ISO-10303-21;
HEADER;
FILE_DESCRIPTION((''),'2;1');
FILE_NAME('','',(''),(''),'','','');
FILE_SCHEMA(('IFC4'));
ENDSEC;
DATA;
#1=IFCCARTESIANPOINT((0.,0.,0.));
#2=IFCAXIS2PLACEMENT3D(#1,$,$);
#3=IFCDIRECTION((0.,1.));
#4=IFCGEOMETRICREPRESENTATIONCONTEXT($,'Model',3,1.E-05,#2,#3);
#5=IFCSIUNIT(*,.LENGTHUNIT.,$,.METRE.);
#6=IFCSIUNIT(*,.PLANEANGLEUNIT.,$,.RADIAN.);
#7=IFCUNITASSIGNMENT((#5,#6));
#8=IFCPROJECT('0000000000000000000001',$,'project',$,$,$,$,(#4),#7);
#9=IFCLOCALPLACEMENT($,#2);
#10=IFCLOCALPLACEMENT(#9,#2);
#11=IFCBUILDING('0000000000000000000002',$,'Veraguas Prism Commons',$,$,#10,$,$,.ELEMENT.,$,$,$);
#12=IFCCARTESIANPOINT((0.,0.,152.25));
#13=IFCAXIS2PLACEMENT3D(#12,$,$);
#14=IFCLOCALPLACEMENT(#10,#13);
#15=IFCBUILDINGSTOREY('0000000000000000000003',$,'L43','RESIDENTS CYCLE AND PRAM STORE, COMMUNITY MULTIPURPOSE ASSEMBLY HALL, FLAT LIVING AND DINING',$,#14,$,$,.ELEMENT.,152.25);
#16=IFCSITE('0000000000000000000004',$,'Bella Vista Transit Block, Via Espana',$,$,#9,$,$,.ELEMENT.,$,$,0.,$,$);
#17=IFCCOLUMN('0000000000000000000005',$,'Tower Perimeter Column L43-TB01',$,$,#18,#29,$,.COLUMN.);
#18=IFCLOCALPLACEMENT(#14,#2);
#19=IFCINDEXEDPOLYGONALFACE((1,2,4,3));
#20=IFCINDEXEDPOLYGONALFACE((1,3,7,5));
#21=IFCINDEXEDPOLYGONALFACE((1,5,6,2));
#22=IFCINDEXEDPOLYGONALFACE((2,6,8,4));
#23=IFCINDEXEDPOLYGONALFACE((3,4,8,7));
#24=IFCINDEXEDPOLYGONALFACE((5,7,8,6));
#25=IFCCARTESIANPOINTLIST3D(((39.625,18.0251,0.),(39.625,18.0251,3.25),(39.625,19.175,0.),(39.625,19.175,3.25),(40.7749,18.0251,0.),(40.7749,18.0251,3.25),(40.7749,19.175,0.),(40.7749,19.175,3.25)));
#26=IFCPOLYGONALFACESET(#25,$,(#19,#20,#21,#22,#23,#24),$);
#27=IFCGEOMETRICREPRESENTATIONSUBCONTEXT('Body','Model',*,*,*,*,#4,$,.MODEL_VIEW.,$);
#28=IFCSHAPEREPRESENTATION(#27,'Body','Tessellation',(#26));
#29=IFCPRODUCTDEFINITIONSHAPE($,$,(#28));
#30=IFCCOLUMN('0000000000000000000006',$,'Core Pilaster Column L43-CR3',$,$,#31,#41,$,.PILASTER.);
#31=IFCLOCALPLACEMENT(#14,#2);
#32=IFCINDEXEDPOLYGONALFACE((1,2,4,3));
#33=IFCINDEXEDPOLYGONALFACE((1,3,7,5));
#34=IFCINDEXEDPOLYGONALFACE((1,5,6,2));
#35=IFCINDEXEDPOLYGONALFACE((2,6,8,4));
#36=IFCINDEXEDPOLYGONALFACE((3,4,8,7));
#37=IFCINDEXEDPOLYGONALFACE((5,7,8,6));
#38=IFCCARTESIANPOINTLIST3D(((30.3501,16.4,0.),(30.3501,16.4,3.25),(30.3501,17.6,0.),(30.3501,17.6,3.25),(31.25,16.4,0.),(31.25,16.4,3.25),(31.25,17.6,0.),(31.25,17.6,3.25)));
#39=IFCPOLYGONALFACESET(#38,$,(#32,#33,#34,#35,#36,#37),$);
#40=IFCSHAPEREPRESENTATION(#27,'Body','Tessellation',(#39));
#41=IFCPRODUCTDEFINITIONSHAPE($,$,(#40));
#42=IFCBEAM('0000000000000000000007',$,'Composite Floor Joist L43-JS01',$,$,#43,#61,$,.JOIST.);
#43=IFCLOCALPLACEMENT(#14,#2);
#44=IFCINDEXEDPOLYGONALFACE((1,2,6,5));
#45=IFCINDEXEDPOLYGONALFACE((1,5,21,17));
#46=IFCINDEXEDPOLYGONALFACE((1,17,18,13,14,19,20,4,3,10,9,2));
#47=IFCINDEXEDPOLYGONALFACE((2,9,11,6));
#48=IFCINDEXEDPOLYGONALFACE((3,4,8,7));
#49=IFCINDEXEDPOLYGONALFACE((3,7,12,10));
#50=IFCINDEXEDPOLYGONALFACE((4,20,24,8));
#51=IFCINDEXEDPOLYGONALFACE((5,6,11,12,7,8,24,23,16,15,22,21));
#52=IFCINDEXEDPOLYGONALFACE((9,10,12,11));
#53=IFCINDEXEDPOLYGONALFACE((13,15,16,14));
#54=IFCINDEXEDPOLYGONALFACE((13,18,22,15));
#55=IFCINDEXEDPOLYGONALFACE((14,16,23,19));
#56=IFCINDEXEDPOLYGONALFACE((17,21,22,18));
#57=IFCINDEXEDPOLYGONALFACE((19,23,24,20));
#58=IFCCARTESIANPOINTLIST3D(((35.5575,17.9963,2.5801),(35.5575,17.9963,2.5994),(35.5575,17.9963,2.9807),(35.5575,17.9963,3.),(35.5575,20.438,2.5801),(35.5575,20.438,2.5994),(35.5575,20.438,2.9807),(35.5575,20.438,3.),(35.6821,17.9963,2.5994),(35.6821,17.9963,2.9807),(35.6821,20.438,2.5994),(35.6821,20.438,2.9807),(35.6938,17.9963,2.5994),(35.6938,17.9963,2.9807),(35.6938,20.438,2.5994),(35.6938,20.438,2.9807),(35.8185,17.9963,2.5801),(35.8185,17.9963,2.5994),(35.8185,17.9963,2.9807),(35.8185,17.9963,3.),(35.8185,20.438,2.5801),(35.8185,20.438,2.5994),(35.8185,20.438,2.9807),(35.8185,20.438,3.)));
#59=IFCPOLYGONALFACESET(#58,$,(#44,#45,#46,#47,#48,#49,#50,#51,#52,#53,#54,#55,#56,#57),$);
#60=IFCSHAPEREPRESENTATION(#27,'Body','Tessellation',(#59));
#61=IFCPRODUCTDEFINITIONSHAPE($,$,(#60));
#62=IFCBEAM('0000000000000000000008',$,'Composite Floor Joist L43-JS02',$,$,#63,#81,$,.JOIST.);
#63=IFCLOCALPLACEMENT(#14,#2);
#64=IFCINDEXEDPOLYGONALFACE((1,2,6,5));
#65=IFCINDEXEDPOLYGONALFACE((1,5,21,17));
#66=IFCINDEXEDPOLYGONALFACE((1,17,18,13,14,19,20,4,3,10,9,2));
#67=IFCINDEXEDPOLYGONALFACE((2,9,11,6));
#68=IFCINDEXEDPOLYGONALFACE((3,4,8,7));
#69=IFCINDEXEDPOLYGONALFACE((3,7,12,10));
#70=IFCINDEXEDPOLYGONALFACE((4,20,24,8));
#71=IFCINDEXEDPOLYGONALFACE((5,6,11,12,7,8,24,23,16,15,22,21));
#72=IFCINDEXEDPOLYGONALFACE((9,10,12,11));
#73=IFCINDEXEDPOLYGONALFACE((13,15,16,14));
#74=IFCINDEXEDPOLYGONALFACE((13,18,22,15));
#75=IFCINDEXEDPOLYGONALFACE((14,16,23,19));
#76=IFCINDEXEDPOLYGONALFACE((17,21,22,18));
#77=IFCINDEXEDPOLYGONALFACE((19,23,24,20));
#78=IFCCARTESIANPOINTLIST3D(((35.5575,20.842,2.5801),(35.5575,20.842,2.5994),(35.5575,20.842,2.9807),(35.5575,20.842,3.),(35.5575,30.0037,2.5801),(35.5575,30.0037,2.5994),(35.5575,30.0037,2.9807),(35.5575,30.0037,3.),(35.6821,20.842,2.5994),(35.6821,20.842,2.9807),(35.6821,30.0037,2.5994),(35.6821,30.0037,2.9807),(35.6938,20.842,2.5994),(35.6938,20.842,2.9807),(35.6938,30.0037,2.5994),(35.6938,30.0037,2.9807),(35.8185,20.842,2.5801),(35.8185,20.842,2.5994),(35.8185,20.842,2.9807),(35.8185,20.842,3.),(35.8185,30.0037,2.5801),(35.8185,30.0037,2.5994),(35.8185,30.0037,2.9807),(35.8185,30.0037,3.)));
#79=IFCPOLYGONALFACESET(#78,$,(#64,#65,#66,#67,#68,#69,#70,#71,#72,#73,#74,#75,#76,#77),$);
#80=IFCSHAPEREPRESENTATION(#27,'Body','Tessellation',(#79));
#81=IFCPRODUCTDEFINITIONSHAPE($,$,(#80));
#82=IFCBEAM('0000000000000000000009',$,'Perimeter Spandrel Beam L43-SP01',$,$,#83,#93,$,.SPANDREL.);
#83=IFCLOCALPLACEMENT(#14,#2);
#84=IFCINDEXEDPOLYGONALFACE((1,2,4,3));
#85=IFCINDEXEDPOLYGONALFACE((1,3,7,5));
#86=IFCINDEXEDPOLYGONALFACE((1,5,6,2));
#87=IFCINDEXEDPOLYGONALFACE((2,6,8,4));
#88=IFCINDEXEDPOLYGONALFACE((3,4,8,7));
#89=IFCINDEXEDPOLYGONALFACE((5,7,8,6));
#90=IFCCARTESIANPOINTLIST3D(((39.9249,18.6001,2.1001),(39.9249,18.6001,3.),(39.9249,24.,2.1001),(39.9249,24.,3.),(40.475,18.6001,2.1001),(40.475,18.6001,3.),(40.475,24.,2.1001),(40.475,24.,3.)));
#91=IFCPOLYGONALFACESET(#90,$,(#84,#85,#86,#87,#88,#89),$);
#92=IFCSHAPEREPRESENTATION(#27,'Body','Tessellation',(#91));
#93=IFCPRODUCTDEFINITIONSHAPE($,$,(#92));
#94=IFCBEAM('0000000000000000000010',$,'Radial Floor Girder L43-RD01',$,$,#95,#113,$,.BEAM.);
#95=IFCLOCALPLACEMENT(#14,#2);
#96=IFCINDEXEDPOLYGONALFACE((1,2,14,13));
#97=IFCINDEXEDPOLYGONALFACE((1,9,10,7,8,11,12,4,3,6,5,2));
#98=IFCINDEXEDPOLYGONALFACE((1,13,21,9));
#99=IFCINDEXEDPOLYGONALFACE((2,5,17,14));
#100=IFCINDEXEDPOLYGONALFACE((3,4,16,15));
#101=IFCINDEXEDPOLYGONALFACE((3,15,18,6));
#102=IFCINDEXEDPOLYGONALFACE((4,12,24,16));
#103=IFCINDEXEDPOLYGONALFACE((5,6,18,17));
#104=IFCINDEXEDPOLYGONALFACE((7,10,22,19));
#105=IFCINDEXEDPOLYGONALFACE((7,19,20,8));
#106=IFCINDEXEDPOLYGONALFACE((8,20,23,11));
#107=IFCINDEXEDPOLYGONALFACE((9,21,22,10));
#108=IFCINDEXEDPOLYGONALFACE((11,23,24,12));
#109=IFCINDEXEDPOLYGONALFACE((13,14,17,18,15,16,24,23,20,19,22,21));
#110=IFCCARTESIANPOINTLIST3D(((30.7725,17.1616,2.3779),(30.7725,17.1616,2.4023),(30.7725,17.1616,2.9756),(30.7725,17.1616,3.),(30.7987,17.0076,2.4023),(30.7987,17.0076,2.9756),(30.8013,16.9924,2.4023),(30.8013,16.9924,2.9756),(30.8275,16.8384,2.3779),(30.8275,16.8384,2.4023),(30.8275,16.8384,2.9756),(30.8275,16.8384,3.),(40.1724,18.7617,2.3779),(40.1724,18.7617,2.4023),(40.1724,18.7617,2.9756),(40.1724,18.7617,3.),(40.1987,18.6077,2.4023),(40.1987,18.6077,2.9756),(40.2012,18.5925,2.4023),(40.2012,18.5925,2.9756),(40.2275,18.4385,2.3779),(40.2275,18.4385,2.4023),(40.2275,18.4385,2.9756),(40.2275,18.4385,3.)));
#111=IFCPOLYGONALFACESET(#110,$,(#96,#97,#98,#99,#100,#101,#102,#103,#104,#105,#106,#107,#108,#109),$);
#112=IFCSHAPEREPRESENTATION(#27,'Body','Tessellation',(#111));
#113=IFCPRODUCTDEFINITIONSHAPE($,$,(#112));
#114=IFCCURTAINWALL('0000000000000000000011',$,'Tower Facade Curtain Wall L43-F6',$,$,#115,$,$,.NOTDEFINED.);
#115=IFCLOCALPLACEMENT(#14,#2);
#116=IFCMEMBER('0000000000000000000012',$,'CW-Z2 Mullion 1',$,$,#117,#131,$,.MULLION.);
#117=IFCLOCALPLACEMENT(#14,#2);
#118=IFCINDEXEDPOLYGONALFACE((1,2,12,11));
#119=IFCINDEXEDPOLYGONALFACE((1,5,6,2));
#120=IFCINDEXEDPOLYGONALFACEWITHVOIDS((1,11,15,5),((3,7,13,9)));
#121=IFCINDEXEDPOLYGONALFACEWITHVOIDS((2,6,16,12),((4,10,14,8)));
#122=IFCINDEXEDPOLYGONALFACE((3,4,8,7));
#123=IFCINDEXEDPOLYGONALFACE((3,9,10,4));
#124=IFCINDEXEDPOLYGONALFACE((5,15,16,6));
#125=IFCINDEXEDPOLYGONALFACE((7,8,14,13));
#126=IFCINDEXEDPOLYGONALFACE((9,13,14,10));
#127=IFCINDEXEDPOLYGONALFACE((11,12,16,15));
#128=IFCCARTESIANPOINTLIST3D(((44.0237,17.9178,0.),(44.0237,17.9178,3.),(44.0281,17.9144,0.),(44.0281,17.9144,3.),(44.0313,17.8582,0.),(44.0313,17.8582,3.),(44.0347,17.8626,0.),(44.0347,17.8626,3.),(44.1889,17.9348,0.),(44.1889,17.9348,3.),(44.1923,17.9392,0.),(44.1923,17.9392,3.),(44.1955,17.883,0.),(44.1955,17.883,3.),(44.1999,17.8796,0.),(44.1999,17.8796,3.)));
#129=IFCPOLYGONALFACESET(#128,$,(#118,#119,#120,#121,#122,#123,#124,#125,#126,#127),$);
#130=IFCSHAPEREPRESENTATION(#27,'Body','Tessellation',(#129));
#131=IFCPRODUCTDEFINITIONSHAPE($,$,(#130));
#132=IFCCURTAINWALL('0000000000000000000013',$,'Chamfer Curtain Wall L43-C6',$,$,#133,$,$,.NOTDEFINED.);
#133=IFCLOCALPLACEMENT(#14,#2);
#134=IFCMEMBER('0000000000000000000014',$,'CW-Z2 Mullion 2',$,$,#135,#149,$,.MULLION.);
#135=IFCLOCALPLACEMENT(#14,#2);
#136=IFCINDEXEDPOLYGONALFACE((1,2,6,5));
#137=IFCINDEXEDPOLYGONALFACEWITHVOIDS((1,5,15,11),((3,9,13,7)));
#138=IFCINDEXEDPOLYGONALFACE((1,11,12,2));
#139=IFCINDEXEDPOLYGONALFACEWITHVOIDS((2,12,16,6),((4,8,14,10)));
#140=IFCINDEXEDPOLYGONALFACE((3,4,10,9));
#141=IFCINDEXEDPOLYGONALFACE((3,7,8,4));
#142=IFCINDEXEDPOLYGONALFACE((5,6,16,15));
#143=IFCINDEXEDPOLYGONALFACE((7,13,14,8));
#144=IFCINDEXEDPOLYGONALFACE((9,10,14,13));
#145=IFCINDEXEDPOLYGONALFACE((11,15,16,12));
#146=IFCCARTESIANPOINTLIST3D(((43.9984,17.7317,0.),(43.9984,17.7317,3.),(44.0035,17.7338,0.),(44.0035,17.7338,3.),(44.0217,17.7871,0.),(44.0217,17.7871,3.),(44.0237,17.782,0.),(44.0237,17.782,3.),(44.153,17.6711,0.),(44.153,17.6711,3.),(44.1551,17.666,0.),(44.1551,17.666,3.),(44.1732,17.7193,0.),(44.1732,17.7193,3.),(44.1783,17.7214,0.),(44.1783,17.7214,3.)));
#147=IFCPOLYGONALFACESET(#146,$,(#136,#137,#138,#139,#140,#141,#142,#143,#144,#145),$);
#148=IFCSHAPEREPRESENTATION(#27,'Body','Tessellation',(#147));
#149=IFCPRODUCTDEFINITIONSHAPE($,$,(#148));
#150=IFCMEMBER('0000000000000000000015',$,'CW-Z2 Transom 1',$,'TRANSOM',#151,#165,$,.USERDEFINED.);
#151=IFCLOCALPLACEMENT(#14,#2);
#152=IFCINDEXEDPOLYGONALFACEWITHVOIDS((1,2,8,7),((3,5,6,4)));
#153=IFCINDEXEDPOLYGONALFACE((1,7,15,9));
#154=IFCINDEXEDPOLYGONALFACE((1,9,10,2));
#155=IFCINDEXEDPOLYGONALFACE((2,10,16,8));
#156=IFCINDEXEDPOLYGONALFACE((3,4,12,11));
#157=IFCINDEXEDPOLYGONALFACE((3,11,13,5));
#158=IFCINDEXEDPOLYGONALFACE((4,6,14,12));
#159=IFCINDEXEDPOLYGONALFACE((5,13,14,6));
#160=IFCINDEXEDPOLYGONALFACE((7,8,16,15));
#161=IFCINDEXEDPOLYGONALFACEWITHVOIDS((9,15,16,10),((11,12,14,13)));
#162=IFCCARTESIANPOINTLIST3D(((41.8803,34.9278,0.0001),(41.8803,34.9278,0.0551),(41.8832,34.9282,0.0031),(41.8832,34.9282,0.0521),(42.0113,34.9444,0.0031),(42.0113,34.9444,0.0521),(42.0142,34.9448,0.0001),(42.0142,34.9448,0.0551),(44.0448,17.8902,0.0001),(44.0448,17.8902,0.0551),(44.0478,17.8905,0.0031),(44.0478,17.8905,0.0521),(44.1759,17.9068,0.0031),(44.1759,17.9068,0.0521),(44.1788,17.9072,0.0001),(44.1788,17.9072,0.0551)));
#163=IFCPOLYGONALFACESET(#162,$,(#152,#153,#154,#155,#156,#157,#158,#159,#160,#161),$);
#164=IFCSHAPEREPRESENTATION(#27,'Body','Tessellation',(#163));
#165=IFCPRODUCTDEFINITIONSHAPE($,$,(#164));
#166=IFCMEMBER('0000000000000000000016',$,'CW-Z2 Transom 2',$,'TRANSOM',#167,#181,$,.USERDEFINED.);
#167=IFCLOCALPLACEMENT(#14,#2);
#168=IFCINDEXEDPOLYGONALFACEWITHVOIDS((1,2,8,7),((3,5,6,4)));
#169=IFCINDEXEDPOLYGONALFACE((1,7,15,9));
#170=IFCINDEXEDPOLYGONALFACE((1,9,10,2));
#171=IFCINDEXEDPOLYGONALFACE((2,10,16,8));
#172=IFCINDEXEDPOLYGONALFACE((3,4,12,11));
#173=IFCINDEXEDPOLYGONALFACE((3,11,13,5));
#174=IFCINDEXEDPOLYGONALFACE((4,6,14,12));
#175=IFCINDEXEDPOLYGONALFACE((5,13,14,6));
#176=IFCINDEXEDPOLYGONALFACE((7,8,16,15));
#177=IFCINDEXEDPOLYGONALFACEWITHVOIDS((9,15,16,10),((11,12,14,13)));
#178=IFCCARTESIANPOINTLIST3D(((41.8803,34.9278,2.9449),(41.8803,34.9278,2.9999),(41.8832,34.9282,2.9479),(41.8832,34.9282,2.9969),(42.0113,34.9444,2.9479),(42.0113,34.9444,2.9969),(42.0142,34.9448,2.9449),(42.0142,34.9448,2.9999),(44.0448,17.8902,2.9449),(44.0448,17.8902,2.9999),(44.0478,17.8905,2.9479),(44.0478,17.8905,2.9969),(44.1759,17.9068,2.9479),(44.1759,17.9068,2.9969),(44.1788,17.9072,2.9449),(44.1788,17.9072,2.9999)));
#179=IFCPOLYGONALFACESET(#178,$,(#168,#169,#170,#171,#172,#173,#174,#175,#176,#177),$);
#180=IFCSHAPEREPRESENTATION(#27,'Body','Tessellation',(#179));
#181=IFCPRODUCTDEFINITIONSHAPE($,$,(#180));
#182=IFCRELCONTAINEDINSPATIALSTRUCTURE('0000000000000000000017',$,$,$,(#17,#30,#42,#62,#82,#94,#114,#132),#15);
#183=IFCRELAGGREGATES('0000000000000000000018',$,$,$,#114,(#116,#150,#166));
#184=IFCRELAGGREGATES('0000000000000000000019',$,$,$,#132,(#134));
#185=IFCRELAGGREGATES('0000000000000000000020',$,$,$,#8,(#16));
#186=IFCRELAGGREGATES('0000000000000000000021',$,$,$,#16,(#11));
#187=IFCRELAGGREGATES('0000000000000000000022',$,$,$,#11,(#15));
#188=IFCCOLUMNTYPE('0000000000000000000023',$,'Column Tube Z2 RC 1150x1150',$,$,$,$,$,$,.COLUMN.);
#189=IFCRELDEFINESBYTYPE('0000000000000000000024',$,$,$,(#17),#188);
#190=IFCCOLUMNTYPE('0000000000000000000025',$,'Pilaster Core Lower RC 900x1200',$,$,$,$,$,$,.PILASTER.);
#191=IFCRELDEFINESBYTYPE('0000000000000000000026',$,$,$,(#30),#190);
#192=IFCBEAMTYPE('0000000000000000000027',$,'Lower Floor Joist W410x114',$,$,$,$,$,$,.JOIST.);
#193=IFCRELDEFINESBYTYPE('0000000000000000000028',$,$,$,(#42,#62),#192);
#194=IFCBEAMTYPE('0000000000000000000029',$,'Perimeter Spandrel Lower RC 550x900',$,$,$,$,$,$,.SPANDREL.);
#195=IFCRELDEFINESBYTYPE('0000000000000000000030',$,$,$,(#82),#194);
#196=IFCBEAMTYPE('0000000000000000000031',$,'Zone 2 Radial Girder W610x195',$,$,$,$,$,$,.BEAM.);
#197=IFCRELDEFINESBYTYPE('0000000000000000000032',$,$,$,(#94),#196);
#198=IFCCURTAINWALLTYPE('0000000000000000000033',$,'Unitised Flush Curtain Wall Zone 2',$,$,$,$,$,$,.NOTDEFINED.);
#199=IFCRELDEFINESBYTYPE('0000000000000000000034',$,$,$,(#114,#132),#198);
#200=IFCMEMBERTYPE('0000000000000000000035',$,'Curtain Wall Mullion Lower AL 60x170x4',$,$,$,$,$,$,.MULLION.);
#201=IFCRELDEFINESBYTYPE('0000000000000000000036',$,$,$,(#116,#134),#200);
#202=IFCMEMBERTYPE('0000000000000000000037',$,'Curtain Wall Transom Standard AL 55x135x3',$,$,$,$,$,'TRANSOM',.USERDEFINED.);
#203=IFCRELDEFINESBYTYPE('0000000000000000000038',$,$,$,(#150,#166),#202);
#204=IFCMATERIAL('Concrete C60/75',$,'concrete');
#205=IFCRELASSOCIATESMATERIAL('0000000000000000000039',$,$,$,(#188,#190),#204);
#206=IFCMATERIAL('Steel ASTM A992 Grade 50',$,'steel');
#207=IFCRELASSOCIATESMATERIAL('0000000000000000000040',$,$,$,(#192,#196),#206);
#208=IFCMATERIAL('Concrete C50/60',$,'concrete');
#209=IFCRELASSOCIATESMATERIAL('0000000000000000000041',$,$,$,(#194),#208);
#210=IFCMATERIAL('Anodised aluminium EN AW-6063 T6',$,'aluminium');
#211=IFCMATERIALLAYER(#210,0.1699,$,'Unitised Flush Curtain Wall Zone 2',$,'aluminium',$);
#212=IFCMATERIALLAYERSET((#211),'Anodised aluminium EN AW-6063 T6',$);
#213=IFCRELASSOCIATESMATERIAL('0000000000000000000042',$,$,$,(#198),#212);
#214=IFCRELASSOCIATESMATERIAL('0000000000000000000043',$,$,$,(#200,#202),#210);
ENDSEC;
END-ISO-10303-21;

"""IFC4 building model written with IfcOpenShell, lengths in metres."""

from ifc_helpers import new_model, si_unit, direction, frame, origin, origin_2d, place, context, subcontext, project, spatial, rectangle, hollow_rectangle, i_section, extrude, source, transform, mapped, material, layer, layer_set, material_profile, profile_set, type_object, element, aggregate, save


model = new_model("IFC4")

# Units and contexts
model_context = context("Model", 3, precision=1e-05, world=origin(), true_north=direction((0.0, 1.0)))
body_context = subcontext(model_context, "Body", "Model", "MODEL_VIEW")
ifc_project = project(units=[si_unit("LENGTHUNIT", "METRE"), si_unit("PLANEANGLEUNIT", "RADIAN")], contexts=[model_context])

# Site, building, storey
site_placement = place(None, origin())
site = spatial("IfcSite", under=ifc_project, at=site_placement, Name="Bella Vista Transit Block, Via Espana", CompositionType="ELEMENT", RefElevation=0.0)
building_placement = place(site_placement, origin())
building = spatial("IfcBuilding", under=site, at=building_placement, Name="Veraguas Prism Commons", CompositionType="ELEMENT")
storey_placement = place(building_placement, frame((0.0, 0.0, 152.25)))
storey = spatial("IfcBuildingStorey", under=building, at=storey_placement, Name="L43", Description="RESIDENTS CYCLE AND PRAM STORE, COMMUNITY MULTIPURPOSE ASSEMBLY HALL, FLAT LIVING AND DINING", CompositionType="ELEMENT", Elevation=152.25)

# Columns
ifc_material_1 = material(Name="Concrete C60/75", Category="concrete")
ifc_material_profile_1 = material_profile(ifc_material_1, rectangle(XDim=1.1499, YDim=1.1499, at=origin_2d()), Name="RC1150X1150")
ifc_profile_set_1 = profile_set([ifc_material_profile_1], Name="Concrete C60/75")
column_type_1 = type_object("IfcColumnType", Name="Column Tube Z2 RC 1150x1150", PredefinedType="COLUMN", material=ifc_profile_set_1)
column_1_placement = place(storey_placement, frame((40.2, 18.6001, 0.0), z_axis=(0.0, 0.0, 1.0), x_axis=(1.0, 0.0, 0.0)))
element("IfcColumn", 1, at=column_1_placement, inside=storey, type_object=column_type_1, Name="Tower Perimeter Column L43-TB01", PredefinedType="COLUMN", context=body_context, shape_type="SweptSolid", body=[
    extrude(rectangle(XDim=1.1499, YDim=1.1499, at=origin_2d()), origin(), (0.0, 0.0, 1.0), 3.25),
])
ifc_material_profile_2 = material_profile(ifc_material_1, rectangle(XDim=0.8999, YDim=1.2, at=origin_2d()), Name="RC900X1200")
ifc_profile_set_2 = profile_set([ifc_material_profile_2], Name="Concrete C60/75")
column_type_2 = type_object("IfcColumnType", Name="Pilaster Core Lower RC 900x1200", PredefinedType="PILASTER", material=ifc_profile_set_2)
column_2_placement = place(storey_placement, frame((30.8, 17.0, 0.0), z_axis=(0.0, 0.0, 1.0), x_axis=(1.0, 0.0, 0.0)))
element("IfcColumn", 2, at=column_2_placement, inside=storey, type_object=column_type_2, Name="Core Pilaster Column L43-CR3", PredefinedType="PILASTER", context=body_context, shape_type="SweptSolid", body=[
    extrude(rectangle(XDim=0.8999, YDim=1.2, at=origin_2d()), origin(), (0.0, 0.0, 1.0), 3.25),
])

# Beams
ifc_material_2 = material(Name="Steel ASTM A992 Grade 50", Category="steel")
ifc_material_profile_3 = material_profile(ifc_material_2, i_section(OverallWidth=0.261, OverallDepth=0.4199, WebThickness=0.0117, FlangeThickness=0.0193, at=origin_2d()), Name="W410X114")
ifc_profile_set_3 = profile_set([ifc_material_profile_3], Name="Steel ASTM A992 Grade 50")
beam_type_1 = type_object("IfcBeamType", Name="Lower Floor Joist W410x114", PredefinedType="JOIST", material=ifc_profile_set_3)
beam_1_placement = place(storey_placement, frame((35.688, 17.9963, 2.79), z_axis=(0.0, 1.0, 0.0), x_axis=(-1.0, 0.0, 0.0)))
element("IfcBeam", 3, at=beam_1_placement, inside=storey, type_object=beam_type_1, Name="Composite Floor Joist L43-JS01", PredefinedType="JOIST", context=body_context, shape_type="SweptSolid", body=[
    extrude(i_section(OverallWidth=0.261, OverallDepth=0.4199, WebThickness=0.0117, FlangeThickness=0.0193, at=origin_2d()), origin(), (0.0, 0.0, 1.0), 2.4417),
])
beam_2_placement = place(storey_placement, frame((35.688, 20.842, 2.79), z_axis=(0.0, 1.0, 0.0), x_axis=(-1.0, 0.0, 0.0)))
element("IfcBeam", 4, at=beam_2_placement, inside=storey, type_object=beam_type_1, Name="Composite Floor Joist L43-JS02", PredefinedType="JOIST", context=body_context, shape_type="SweptSolid", body=[
    extrude(i_section(OverallWidth=0.261, OverallDepth=0.4199, WebThickness=0.0117, FlangeThickness=0.0193, at=origin_2d()), origin(), (0.0, 0.0, 1.0), 9.1616),
])
ifc_material_3 = material(Name="Concrete C50/60", Category="concrete")
ifc_material_profile_4 = material_profile(ifc_material_3, rectangle(XDim=0.55, YDim=0.8999, at=origin_2d()), Name="RC550X900")
ifc_profile_set_4 = profile_set([ifc_material_profile_4], Name="Concrete C50/60")
beam_type_2 = type_object("IfcBeamType", Name="Perimeter Spandrel Lower RC 550x900", PredefinedType="SPANDREL", material=ifc_profile_set_4)
beam_3_placement = place(storey_placement, frame((40.2, 18.6001, 2.55), z_axis=(0.0, 1.0, 0.0), x_axis=(-1.0, 0.0, 0.0)))
element("IfcBeam", 5, at=beam_3_placement, inside=storey, type_object=beam_type_2, Name="Perimeter Spandrel Beam L43-SP01", PredefinedType="SPANDREL", context=body_context, shape_type="SweptSolid", body=[
    extrude(rectangle(XDim=0.55, YDim=0.8999, at=origin_2d()), origin(), (0.0, 0.0, 1.0), 5.3999),
])
ifc_material_profile_5 = material_profile(ifc_material_2, i_section(OverallWidth=0.3279, OverallDepth=0.6221, WebThickness=0.0154, FlangeThickness=0.0244, at=origin_2d()), Name="W610X195")
ifc_profile_set_5 = profile_set([ifc_material_profile_5], Name="Steel ASTM A992 Grade 50")
beam_type_3 = type_object("IfcBeamType", Name="Zone 2 Radial Girder W610x195", PredefinedType="BEAM", material=ifc_profile_set_5)
beam_4_placement = place(storey_placement, frame((40.2, 18.6001, 2.689), z_axis=(-0.985819, -0.167811, 0.0), x_axis=(0.167811, -0.985819, 0.0)))
element("IfcBeam", 6, at=beam_4_placement, inside=storey, type_object=beam_type_3, Name="Radial Floor Girder L43-RD01", PredefinedType="BEAM", context=body_context, shape_type="SweptSolid", body=[
    extrude(i_section(OverallWidth=0.3279, OverallDepth=0.6221, WebThickness=0.0154, FlangeThickness=0.0244, at=origin_2d()), origin(), (0.0, 0.0, 1.0), 9.5352),
])

# Curtain walls, members
ifc_material_4 = material(Name="Anodised aluminium EN AW-6063 T6", Category="aluminium")
ifc_layer_1 = layer(ifc_material_4, 0.1699, Name="Unitised Flush Curtain Wall Zone 2", Category="aluminium")
ifc_layer_set_1 = layer_set([ifc_layer_1], Name="Anodised aluminium EN AW-6063 T6")
curtain_wall_type = type_object("IfcCurtainWallType", Name="Unitised Flush Curtain Wall Zone 2", PredefinedType="NOTDEFINED", material=ifc_layer_set_1)
curtain_wall_1_placement = place(storey_placement, origin())
curtain_wall_1 = element("IfcCurtainWall", 7, at=curtain_wall_1_placement, inside=storey, type_object=curtain_wall_type, Name="Tower Facade Curtain Wall L43-F6", PredefinedType="NOTDEFINED")
ifc_material_profile_6 = material_profile(ifc_material_4, hollow_rectangle(XDim=0.0601, YDim=0.1699, WallThickness=0.0039, at=origin_2d()), Name="AL60X170X4")
ifc_profile_set_6 = profile_set([ifc_material_profile_6], Name="Anodised aluminium EN AW-6063 T6")
member_type_1 = type_object("IfcMemberType", Name="Curtain Wall Mullion Lower AL 60x170x4", PredefinedType="MULLION", material=ifc_profile_set_6)
shared_shape_1 = source(origin(), body_context, "Body", "SweptSolid", [
    extrude(hollow_rectangle(XDim=0.0601, YDim=0.1699, WallThickness=0.0039, at=origin_2d()), origin(), (0.0, 0.0, 1.0), 3.0),
])
member_1_placement = place(storey_placement, frame((44.1118, 17.8987, 0.0), z_axis=(0.0, 0.0, 1.0), x_axis=(-0.126021, 0.992028, 0.0)))
member_1 = element("IfcMember", 8, at=member_1_placement, type_object=member_type_1, Name="CW-Z2 Mullion 1", PredefinedType="MULLION", context=body_context, shape_type="MappedRepresentation", body=[
    mapped(shared_shape_1, transform((0.0, 0.0, 0.0), scale=1.0)),
])
curtain_wall_2_placement = place(storey_placement, origin())
curtain_wall_2 = element("IfcCurtainWall", 9, at=curtain_wall_2_placement, inside=storey, type_object=curtain_wall_type, Name="Chamfer Curtain Wall L43-C6", PredefinedType="NOTDEFINED")
member_2_placement = place(storey_placement, frame((44.0884, 17.7266, 0.0), z_axis=(0.0, 0.0, 1.0), x_axis=(0.386882, 0.922129, 0.0)))
member_2 = element("IfcMember", 10, at=member_2_placement, type_object=member_type_1, Name="CW-Z2 Mullion 2", PredefinedType="MULLION", context=body_context, shape_type="MappedRepresentation", body=[
    mapped(shared_shape_1, transform((0.0, 0.0, 0.0), scale=1.0)),
])

# Members
ifc_material_profile_7 = material_profile(ifc_material_4, hollow_rectangle(XDim=0.0549, YDim=0.135, WallThickness=0.0029, at=origin_2d()), Name="AL55X135X3")
ifc_profile_set_7 = profile_set([ifc_material_profile_7], Name="Anodised aluminium EN AW-6063 T6")
member_type_2 = type_object("IfcMemberType", Name="Curtain Wall Transom Standard AL 55x135x3", ElementType="TRANSOM", PredefinedType="USERDEFINED", material=ifc_profile_set_7)
shared_shape_2 = source(origin(), body_context, "Body", "SweptSolid", [
    extrude(hollow_rectangle(XDim=0.0549, YDim=0.135, WallThickness=0.0029, at=origin_2d()), origin(), (0.0, 0.0, 1.0), 17.1746),
])
member_3_placement = place(storey_placement, frame((44.1118, 17.8987, 0.0276), z_axis=(-0.126032, 0.992026, 0.0), x_axis=(0.0, 0.0, 1.0)))
member_3 = element("IfcMember", 11, at=member_3_placement, type_object=member_type_2, Name="CW-Z2 Transom 1", ObjectType="TRANSOM", PredefinedType="USERDEFINED", context=body_context, shape_type="MappedRepresentation", body=[
    mapped(shared_shape_2, transform((0.0, 0.0, 0.0), scale=1.0)),
])
member_4_placement = place(storey_placement, frame((44.1118, 17.8987, 2.9724), z_axis=(-0.126032, 0.992026, 0.0), x_axis=(0.0, 0.0, 1.0)))
member_4 = element("IfcMember", 12, at=member_4_placement, type_object=member_type_2, Name="CW-Z2 Transom 2", ObjectType="TRANSOM", PredefinedType="USERDEFINED", context=body_context, shape_type="MappedRepresentation", body=[
    mapped(shared_shape_2, transform((0.0, 0.0, 0.0), scale=1.0)),
])

aggregate(curtain_wall_1, [member_1, member_3, member_4])
aggregate(curtain_wall_2, [member_2])

save(model, "model.ifc")
